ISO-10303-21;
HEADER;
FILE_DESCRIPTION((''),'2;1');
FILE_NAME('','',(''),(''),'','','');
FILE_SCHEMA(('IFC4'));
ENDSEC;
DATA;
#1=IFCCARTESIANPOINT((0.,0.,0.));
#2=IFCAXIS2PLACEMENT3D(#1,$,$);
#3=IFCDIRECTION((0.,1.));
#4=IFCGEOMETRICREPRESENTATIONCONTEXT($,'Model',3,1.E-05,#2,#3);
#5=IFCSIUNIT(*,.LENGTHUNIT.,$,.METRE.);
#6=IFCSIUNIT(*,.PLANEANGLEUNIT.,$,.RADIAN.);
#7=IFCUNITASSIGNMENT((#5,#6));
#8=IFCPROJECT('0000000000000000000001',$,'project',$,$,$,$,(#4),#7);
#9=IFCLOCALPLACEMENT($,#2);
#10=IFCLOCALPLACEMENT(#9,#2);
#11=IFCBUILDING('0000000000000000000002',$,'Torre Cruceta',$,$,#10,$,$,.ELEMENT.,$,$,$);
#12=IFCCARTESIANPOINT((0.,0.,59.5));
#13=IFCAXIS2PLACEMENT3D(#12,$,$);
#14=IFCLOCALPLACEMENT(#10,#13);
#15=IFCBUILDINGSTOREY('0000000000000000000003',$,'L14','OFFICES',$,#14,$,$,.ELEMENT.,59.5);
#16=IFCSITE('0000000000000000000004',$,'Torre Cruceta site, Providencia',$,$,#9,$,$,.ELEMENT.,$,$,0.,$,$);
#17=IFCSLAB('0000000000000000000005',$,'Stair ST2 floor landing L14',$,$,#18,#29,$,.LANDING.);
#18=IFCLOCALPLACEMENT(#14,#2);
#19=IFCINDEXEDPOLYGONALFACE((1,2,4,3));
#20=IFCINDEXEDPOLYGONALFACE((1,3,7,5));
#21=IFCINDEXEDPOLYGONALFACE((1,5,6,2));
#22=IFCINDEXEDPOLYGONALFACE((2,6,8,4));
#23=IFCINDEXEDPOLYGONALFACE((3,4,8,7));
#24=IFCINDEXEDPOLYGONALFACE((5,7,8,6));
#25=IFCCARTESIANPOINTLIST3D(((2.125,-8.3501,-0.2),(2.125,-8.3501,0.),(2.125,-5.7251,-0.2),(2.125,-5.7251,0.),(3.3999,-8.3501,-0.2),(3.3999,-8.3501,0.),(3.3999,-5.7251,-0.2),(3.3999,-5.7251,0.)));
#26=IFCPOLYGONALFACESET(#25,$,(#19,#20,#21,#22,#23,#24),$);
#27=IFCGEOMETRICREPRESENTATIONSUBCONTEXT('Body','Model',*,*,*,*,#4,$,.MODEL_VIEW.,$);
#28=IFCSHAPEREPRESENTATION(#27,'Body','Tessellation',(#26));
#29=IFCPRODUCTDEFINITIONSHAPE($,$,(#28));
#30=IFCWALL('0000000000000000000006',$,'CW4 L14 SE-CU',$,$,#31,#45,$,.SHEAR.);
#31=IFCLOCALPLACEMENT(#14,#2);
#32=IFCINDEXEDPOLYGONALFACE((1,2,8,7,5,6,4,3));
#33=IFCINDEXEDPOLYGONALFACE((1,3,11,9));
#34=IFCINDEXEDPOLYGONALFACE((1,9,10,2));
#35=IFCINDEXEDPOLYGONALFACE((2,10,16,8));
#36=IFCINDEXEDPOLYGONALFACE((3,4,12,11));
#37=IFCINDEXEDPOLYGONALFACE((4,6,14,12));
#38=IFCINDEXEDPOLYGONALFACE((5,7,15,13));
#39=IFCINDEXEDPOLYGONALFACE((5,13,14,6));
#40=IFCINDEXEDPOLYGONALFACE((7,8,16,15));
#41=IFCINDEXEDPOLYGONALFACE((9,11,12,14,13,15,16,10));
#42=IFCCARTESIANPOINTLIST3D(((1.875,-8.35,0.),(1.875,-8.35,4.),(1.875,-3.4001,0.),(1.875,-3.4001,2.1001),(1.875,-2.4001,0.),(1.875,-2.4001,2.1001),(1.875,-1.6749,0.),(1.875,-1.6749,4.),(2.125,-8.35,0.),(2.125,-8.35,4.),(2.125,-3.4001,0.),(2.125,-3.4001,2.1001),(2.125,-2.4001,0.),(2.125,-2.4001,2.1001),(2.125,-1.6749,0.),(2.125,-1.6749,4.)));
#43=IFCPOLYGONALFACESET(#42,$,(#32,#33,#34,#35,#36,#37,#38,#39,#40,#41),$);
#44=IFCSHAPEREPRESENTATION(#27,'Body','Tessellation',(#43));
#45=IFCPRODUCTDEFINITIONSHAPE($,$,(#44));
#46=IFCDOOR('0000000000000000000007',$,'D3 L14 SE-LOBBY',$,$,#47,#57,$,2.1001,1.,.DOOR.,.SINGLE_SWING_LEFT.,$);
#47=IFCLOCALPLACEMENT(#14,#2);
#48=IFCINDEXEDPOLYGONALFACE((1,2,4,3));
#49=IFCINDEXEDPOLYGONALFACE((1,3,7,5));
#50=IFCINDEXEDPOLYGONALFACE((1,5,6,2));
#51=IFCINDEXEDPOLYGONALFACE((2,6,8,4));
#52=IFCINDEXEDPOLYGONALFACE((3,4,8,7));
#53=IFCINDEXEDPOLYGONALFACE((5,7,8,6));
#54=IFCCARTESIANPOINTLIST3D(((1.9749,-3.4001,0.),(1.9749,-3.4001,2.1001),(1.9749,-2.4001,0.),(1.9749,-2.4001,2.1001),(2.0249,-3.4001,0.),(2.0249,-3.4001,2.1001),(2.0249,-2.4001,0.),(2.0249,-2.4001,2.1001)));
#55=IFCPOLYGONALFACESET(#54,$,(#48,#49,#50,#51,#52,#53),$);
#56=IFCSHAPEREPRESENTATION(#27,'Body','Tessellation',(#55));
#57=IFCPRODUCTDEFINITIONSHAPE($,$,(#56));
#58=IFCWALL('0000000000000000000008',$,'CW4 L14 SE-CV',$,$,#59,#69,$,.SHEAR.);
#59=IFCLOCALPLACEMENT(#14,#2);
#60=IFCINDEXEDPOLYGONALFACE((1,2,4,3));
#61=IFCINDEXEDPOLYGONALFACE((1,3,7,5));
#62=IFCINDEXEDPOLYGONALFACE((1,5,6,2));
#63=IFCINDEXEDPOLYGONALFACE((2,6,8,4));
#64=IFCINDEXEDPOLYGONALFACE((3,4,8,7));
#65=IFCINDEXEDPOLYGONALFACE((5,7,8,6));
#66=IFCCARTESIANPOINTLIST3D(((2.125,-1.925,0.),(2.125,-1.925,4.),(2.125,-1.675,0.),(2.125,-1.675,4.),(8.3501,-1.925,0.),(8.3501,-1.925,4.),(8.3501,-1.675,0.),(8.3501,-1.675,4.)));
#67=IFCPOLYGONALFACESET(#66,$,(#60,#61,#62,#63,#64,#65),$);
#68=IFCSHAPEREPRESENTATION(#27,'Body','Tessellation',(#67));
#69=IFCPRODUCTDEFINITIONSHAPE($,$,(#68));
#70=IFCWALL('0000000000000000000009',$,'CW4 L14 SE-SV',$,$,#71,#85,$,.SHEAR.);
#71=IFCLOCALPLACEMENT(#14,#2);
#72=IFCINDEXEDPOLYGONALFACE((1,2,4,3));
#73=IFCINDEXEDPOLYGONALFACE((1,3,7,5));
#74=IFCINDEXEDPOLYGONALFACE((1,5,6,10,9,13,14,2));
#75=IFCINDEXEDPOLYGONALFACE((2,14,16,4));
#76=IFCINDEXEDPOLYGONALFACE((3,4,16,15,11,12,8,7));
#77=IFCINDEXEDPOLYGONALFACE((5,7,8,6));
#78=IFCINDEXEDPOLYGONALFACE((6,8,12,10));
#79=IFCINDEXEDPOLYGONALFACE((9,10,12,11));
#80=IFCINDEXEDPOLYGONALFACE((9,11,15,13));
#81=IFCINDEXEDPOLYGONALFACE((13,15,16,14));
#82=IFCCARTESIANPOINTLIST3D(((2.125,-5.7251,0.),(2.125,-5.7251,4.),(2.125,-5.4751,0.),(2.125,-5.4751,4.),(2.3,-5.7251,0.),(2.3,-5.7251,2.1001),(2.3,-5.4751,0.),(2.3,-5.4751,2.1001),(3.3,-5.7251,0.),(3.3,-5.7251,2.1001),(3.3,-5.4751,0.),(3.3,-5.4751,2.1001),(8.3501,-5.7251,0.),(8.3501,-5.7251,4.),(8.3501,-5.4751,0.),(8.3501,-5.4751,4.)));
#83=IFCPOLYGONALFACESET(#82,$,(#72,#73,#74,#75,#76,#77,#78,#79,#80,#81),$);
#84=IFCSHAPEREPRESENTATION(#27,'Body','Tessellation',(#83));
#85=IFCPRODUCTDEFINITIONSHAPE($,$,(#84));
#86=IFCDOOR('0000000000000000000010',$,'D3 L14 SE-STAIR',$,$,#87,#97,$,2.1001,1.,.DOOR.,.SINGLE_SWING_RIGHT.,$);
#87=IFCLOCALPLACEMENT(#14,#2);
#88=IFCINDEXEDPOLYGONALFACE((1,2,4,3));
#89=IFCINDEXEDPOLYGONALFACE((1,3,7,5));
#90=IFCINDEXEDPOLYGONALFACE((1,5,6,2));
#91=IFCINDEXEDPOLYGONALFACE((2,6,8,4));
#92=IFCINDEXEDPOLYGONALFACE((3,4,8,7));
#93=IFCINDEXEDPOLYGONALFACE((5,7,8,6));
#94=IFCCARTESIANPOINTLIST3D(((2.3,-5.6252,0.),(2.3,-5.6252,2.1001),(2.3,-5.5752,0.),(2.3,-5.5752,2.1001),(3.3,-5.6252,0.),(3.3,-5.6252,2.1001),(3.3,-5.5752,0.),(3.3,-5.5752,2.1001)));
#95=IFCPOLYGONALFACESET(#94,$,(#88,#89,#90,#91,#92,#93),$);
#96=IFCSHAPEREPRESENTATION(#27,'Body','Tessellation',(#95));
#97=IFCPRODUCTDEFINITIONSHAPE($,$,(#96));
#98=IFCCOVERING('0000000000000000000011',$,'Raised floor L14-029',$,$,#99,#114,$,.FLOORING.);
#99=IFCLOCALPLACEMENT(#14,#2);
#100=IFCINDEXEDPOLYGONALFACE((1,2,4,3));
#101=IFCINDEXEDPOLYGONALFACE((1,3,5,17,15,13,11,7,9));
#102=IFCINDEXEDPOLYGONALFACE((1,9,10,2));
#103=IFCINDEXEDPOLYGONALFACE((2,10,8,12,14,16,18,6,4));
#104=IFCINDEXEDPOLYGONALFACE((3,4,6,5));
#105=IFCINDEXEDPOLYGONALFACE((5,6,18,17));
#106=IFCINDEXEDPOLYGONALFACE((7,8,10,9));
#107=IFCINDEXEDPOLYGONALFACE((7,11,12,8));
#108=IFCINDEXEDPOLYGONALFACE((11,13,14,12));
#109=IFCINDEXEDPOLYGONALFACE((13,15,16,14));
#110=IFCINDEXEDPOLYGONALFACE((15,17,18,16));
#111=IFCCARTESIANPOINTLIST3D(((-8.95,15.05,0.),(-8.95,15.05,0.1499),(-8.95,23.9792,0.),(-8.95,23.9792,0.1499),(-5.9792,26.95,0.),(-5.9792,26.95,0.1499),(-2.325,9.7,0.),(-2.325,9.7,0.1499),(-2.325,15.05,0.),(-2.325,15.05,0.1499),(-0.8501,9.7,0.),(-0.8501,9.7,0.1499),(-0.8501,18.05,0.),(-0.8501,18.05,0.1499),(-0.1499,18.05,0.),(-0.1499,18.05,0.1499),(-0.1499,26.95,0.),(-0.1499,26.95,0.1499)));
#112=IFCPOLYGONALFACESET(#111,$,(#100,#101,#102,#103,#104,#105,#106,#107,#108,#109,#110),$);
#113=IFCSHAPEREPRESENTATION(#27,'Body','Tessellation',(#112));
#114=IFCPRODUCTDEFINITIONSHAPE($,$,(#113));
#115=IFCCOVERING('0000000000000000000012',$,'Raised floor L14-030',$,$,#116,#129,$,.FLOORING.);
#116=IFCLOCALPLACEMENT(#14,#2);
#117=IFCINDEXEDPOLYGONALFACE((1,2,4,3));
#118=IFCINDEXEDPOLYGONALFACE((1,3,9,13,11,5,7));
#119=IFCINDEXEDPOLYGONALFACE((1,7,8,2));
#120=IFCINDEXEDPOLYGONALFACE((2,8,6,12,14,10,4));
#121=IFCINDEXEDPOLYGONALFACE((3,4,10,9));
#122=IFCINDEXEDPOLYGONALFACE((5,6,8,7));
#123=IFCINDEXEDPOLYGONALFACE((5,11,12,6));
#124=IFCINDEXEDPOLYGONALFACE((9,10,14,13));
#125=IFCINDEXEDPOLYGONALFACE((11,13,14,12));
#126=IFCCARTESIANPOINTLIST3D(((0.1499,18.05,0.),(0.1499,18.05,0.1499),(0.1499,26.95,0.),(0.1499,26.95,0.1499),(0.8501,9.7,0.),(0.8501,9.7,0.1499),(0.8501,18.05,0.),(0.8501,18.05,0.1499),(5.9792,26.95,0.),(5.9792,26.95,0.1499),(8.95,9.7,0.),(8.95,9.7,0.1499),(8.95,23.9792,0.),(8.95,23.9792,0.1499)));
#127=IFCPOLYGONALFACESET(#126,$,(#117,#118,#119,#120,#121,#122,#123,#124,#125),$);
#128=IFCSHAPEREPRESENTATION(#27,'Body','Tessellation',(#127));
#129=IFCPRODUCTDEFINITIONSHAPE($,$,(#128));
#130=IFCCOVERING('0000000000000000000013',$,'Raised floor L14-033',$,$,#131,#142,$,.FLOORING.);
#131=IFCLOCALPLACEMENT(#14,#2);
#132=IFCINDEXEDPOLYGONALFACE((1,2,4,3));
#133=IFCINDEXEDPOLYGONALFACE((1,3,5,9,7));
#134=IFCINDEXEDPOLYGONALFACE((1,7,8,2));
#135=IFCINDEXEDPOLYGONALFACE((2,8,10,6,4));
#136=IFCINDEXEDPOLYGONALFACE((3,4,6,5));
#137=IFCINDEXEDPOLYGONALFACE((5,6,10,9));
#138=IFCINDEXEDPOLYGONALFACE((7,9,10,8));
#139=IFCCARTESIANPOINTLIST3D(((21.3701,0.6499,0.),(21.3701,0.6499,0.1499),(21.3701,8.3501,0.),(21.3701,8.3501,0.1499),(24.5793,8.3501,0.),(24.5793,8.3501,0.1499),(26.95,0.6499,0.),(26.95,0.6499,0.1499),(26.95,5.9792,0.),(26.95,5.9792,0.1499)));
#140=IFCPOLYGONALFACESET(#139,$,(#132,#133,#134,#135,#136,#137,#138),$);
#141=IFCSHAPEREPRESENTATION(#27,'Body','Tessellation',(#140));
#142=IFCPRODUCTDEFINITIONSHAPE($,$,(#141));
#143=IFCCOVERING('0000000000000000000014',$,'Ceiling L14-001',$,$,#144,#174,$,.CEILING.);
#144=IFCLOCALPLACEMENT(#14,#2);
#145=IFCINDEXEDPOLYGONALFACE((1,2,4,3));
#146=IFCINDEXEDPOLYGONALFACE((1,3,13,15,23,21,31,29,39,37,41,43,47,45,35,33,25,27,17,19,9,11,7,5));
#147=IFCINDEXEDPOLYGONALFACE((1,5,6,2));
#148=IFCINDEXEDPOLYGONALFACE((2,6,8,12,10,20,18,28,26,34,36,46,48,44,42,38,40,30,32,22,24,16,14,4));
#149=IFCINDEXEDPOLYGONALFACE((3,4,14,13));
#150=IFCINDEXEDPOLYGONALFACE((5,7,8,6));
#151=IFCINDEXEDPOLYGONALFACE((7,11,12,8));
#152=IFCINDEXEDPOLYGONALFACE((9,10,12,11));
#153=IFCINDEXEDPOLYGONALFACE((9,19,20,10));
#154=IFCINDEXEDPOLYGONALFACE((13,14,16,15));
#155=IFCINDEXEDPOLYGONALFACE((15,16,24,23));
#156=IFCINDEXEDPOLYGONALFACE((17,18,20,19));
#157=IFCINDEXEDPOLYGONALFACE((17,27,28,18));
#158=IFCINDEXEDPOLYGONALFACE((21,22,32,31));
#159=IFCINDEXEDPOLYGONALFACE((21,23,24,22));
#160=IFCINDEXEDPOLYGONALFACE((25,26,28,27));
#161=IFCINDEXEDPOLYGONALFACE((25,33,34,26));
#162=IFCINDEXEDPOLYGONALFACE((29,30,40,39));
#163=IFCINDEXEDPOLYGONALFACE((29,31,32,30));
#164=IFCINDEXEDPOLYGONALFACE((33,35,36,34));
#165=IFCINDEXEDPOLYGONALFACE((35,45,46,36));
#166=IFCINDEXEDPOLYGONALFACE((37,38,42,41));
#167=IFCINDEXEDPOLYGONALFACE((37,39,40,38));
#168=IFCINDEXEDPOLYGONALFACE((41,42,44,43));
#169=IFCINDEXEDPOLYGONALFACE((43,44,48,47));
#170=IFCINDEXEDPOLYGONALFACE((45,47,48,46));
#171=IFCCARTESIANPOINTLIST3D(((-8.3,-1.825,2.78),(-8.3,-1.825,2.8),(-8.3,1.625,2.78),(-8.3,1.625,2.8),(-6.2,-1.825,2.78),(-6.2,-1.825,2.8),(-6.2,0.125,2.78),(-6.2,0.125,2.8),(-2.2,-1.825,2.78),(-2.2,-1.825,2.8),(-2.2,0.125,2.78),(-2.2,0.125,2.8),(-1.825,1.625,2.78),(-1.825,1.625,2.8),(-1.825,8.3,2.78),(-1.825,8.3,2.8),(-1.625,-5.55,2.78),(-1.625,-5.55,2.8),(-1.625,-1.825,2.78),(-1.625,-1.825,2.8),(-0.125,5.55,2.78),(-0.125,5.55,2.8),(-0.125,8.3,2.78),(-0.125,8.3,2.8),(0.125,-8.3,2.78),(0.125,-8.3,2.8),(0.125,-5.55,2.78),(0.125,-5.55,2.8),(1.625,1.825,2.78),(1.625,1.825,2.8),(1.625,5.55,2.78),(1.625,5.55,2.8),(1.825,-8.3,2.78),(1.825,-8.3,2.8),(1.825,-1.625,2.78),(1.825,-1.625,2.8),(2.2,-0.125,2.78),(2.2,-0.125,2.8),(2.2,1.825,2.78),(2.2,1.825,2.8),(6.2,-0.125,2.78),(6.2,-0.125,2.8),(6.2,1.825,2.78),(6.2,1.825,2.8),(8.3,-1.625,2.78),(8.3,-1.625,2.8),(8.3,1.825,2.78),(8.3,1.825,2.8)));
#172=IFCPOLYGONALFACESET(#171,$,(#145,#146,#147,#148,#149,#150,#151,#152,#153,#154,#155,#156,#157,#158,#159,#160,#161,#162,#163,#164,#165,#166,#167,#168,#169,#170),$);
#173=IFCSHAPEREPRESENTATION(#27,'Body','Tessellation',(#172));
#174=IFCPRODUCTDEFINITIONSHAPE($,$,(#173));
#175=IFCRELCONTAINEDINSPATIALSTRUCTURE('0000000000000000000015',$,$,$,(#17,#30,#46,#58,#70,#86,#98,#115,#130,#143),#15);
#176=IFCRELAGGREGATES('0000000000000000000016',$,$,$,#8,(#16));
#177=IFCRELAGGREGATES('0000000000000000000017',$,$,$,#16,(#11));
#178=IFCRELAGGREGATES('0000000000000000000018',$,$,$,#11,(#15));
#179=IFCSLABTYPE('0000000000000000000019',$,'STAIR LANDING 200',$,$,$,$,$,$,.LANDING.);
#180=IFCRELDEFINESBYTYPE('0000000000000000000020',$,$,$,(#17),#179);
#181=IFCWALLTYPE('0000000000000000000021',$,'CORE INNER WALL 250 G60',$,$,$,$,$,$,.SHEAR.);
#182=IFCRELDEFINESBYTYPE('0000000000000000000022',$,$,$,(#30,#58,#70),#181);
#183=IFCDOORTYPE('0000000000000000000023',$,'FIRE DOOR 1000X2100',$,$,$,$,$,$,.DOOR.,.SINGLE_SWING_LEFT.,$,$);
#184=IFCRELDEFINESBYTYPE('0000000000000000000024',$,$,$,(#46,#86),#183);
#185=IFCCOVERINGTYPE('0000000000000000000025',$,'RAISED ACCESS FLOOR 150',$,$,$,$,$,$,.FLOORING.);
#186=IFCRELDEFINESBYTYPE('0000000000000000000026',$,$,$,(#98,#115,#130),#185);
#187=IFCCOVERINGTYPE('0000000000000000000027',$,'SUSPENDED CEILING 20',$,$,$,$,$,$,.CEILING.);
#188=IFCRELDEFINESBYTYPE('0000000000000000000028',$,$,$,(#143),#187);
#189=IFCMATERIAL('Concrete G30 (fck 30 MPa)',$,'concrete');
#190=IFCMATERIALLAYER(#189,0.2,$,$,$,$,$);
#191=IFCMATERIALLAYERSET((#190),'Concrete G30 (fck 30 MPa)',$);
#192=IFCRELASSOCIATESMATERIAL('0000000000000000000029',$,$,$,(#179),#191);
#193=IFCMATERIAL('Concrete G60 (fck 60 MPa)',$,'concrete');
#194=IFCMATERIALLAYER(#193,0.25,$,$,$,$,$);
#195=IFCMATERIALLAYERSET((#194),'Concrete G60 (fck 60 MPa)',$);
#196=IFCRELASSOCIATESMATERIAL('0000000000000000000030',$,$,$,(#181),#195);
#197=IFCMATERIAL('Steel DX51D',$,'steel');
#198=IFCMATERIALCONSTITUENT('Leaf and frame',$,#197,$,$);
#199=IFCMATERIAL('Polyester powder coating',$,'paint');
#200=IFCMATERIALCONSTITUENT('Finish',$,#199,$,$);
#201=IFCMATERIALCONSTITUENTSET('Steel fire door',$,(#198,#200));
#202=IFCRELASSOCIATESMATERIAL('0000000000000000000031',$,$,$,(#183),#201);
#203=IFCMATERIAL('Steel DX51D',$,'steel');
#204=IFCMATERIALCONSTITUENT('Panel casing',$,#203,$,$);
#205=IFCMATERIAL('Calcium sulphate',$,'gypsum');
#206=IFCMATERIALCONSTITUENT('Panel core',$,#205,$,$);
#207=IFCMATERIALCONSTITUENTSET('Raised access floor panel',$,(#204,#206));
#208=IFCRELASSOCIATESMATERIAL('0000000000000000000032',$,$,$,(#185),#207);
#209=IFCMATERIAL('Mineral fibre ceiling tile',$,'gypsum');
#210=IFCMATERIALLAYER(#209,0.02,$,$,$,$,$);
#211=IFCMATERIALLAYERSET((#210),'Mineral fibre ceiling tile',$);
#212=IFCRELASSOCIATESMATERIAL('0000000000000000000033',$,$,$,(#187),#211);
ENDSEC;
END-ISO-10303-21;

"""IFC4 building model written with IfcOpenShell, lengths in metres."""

from ifc_helpers import new_model, si_unit, direction, frame, frame_2d, origin, place, context, subcontext, project, spatial, polyline, rectangle, outline, extrude, material, layer, layer_set, constituent, constituent_set, type_object, element, fill, save


model = new_model("IFC4")

# Units and contexts
model_context = context("Model", 3, precision=1e-05, world=origin(), true_north=direction((0.0, 1.0)))
body_context = subcontext(model_context, "Body", "Model", "MODEL_VIEW")
ifc_project = project(units=[si_unit("LENGTHUNIT", "METRE"), si_unit("PLANEANGLEUNIT", "RADIAN")], contexts=[model_context])

# Site, building, storey
site_placement = place(None, origin())
site = spatial("IfcSite", under=ifc_project, at=site_placement, Name="Torre Cruceta site, Providencia", CompositionType="ELEMENT", RefElevation=0.0)
building_placement = place(site_placement, origin())
building = spatial("IfcBuilding", under=site, at=building_placement, Name="Torre Cruceta", CompositionType="ELEMENT")
storey_placement = place(building_placement, frame((0.0, 0.0, 59.5)))
storey = spatial("IfcBuildingStorey", under=building, at=storey_placement, Name="L14", Description="OFFICES", CompositionType="ELEMENT", Elevation=59.5)

# Slab
ifc_material_1 = material(Name="Concrete G30 (fck 30 MPa)", Category="concrete")
ifc_layer_1 = layer(ifc_material_1, 0.2)
ifc_layer_set_1 = layer_set([ifc_layer_1], Name="Concrete G30 (fck 30 MPa)")
slab_type = type_object("IfcSlabType", Name="STAIR LANDING 200", PredefinedType="LANDING", material=ifc_layer_set_1)
slab_placement = place(storey_placement, frame((0.0, 0.0, -0.2)))
element("IfcSlab", 1, at=slab_placement, inside=storey, type_object=slab_type, Name="Stair ST2 floor landing L14", PredefinedType="LANDING", context=body_context, shape_type="SweptSolid", body=[
    extrude(outline(polyline([(2.125, -8.3501), (2.125, -5.7251), (3.3999, -5.7251), (3.3999, -8.3501), (2.125, -8.3501)])), origin(), (0.0, 0.0, 1.0), 0.2),
])

# Wall, opening, door
ifc_material_2 = material(Name="Concrete G60 (fck 60 MPa)", Category="concrete")
ifc_layer_2 = layer(ifc_material_2, 0.25)
ifc_layer_set_2 = layer_set([ifc_layer_2], Name="Concrete G60 (fck 60 MPa)")
wall_type = type_object("IfcWallType", Name="CORE INNER WALL 250 G60", PredefinedType="SHEAR", material=ifc_layer_set_2)
wall_1_placement = place(storey_placement, frame((2.0, -1.675, 0.0), z_axis=(0.0, 0.0, 1.0), x_axis=(0.0, -1.0, 0.0)))
wall_1 = element("IfcWall", 2, at=wall_1_placement, inside=storey, type_object=wall_type, Name="CW4 L14 SE-CU", PredefinedType="SHEAR", context=body_context, shape_type="SweptSolid", body=[
    extrude(rectangle(XDim=6.675, YDim=0.25, at=frame_2d((3.3374, 0.0))), origin(), (0.0, 0.0, 1.0), 4.0),
])
opening_1_placement = place(wall_1_placement, frame((0.7251, 0.0, 0.0)))
opening_1 = element("IfcOpeningElement", 3, at=opening_1_placement, cuts=wall_1, PredefinedType="OPENING", context=body_context, shape_type="SweptSolid", body=[
    extrude(rectangle(XDim=1.0, YDim=2.1001, at=frame_2d((0.5, 1.05))), frame((0.0, 0.135, 0.0), z_axis=(0.0, -1.0, 0.0), x_axis=(1.0, 0.0, 0.0)), (0.0, 0.0, 1.0), 0.27),
])
ifc_material_3 = material(Name="Steel DX51D", Category="steel")
ifc_constituent_1 = constituent(ifc_material_3, Name="Leaf and frame")
ifc_material_4 = material(Name="Polyester powder coating", Category="paint")
ifc_constituent_2 = constituent(ifc_material_4, Name="Finish")
ifc_constituent_set_1 = constituent_set(constituents=[ifc_constituent_1, ifc_constituent_2], Name="Steel fire door")
door_type = type_object("IfcDoorType", Name="FIRE DOOR 1000X2100", OperationType="SINGLE_SWING_LEFT", PredefinedType="DOOR", material=ifc_constituent_set_1)
door_1_placement = place(opening_1_placement, origin())
door_1 = element("IfcDoor", 4, at=door_1_placement, inside=storey, type_object=door_type, Name="D3 L14 SE-LOBBY", OperationType="SINGLE_SWING_LEFT", OverallHeight=2.1001, OverallWidth=1.0, PredefinedType="DOOR", context=body_context, shape_type="SweptSolid", body=[
    extrude(rectangle(XDim=1.0, YDim=2.1001, at=frame_2d((0.5, 1.05))), frame((0.0, 0.0249, 0.0), z_axis=(0.0, -1.0, 0.0), x_axis=(1.0, 0.0, 0.0)), (0.0, 0.0, 1.0), 0.05),
])
fill(opening_1, door_1)

# Wall
wall_2_placement = place(storey_placement, frame((2.125, -1.8, 0.0), z_axis=(0.0, 0.0, 1.0), x_axis=(1.0, 0.0, 0.0)))
element("IfcWall", 5, at=wall_2_placement, inside=storey, type_object=wall_type, Name="CW4 L14 SE-CV", PredefinedType="SHEAR", context=body_context, shape_type="SweptSolid", body=[
    extrude(rectangle(XDim=6.2251, YDim=0.25, at=frame_2d((3.1125, 0.0))), origin(), (0.0, 0.0, 1.0), 4.0),
])

# Wall, opening, door
wall_3_placement = place(storey_placement, frame((2.125, -5.6001, 0.0), z_axis=(0.0, 0.0, 1.0), x_axis=(1.0, 0.0, 0.0)))
wall_3 = element("IfcWall", 6, at=wall_3_placement, inside=storey, type_object=wall_type, Name="CW4 L14 SE-SV", PredefinedType="SHEAR", context=body_context, shape_type="SweptSolid", body=[
    extrude(rectangle(XDim=6.2251, YDim=0.25, at=frame_2d((3.1125, 0.0))), origin(), (0.0, 0.0, 1.0), 4.0),
])
opening_2_placement = place(wall_3_placement, frame((0.175, 0.0, 0.0)))
opening_2 = element("IfcOpeningElement", 7, at=opening_2_placement, cuts=wall_3, PredefinedType="OPENING", context=body_context, shape_type="SweptSolid", body=[
    extrude(rectangle(XDim=1.0, YDim=2.1001, at=frame_2d((0.5, 1.05))), frame((0.0, 0.135, 0.0), z_axis=(0.0, -1.0, 0.0), x_axis=(1.0, 0.0, 0.0)), (0.0, 0.0, 1.0), 0.27),
])
door_2_placement = place(opening_2_placement, frame((1.0, 0.0, 0.0), z_axis=(0.0, 0.0, 1.0), x_axis=(-1.0, 0.0, 0.0)))
door_2 = element("IfcDoor", 8, at=door_2_placement, inside=storey, type_object=door_type, Name="D3 L14 SE-STAIR", OperationType="SINGLE_SWING_RIGHT", OverallHeight=2.1001, OverallWidth=1.0, PredefinedType="DOOR", context=body_context, shape_type="SweptSolid", body=[
    extrude(rectangle(XDim=1.0, YDim=2.1001, at=frame_2d((0.5, 1.05))), frame((0.0, 0.0251, 0.0), z_axis=(0.0, -1.0, 0.0), x_axis=(1.0, 0.0, 0.0)), (0.0, 0.0, 1.0), 0.05),
])
fill(opening_2, door_2)

# Coverings
ifc_material_5 = material(Name="Steel DX51D", Category="steel")
ifc_constituent_3 = constituent(ifc_material_5, Name="Panel casing")
ifc_material_6 = material(Name="Calcium sulphate", Category="gypsum")
ifc_constituent_4 = constituent(ifc_material_6, Name="Panel core")
ifc_constituent_set_2 = constituent_set(constituents=[ifc_constituent_3, ifc_constituent_4], Name="Raised access floor panel")
covering_type_1 = type_object("IfcCoveringType", Name="RAISED ACCESS FLOOR 150", PredefinedType="FLOORING", material=ifc_constituent_set_2)
covering_1_placement = place(storey_placement, origin())
element("IfcCovering", 9, at=covering_1_placement, inside=storey, type_object=covering_type_1, Name="Raised floor L14-029", PredefinedType="FLOORING", context=body_context, shape_type="SweptSolid", body=[
    extrude(outline(polyline([(-5.9792, 26.95), (-0.1499, 26.95), (-0.1499, 18.05), (-0.8501, 18.05), (-0.8501, 9.7), (-2.325, 9.7), (-2.325, 15.05), (-8.95, 15.05), (-8.95, 23.9792), (-5.9792, 26.95)])), origin(), (0.0, 0.0, 1.0), 0.1499),
])
covering_2_placement = place(storey_placement, origin())
element("IfcCovering", 10, at=covering_2_placement, inside=storey, type_object=covering_type_1, Name="Raised floor L14-030", PredefinedType="FLOORING", context=body_context, shape_type="SweptSolid", body=[
    extrude(outline(polyline([(5.9792, 26.95), (8.95, 23.9792), (8.95, 9.7), (0.8501, 9.7), (0.8501, 18.05), (0.1499, 18.05), (0.1499, 26.95), (5.9792, 26.95)])), origin(), (0.0, 0.0, 1.0), 0.1499),
])
covering_3_placement = place(storey_placement, origin())
element("IfcCovering", 11, at=covering_3_placement, inside=storey, type_object=covering_type_1, Name="Raised floor L14-033", PredefinedType="FLOORING", context=body_context, shape_type="SweptSolid", body=[
    extrude(outline(polyline([(26.95, 0.6499), (21.3701, 0.6499), (21.3701, 8.3501), (24.5793, 8.3501), (26.95, 5.9792), (26.95, 0.6499)])), origin(), (0.0, 0.0, 1.0), 0.1499),
])
ifc_material_7 = material(Name="Mineral fibre ceiling tile", Category="gypsum")
ifc_layer_3 = layer(ifc_material_7, 0.02)
ifc_layer_set_3 = layer_set([ifc_layer_3], Name="Mineral fibre ceiling tile")
covering_type_2 = type_object("IfcCoveringType", Name="SUSPENDED CEILING 20", PredefinedType="CEILING", material=ifc_layer_set_3)
covering_4_placement = place(storey_placement, frame((0.0, 0.0, 2.78)))
element("IfcCovering", 12, at=covering_4_placement, inside=storey, type_object=covering_type_2, Name="Ceiling L14-001", PredefinedType="CEILING", context=body_context, shape_type="SweptSolid", body=[
    extrude(outline(polyline([(1.825, -8.3), (0.125, -8.3), (0.125, -5.55), (-1.625, -5.55), (-1.625, -1.825), (-2.2, -1.825), (-2.2, 0.125), (-6.2, 0.125), (-6.2, -1.825), (-8.3, -1.825), (-8.3, 1.625), (-1.825, 1.625), (-1.825, 8.3), (-0.125, 8.3), (-0.125, 5.55), (1.625, 5.55), (1.625, 1.825), (2.2, 1.825), (2.2, -0.125), (6.2, -0.125), (6.2, 1.825), (8.3, 1.825), (8.3, -1.625), (1.825, -1.625), (1.825, -8.3)])), origin(), (0.0, 0.0, 1.0), 0.02),
])

save(model, "model.ifc")
